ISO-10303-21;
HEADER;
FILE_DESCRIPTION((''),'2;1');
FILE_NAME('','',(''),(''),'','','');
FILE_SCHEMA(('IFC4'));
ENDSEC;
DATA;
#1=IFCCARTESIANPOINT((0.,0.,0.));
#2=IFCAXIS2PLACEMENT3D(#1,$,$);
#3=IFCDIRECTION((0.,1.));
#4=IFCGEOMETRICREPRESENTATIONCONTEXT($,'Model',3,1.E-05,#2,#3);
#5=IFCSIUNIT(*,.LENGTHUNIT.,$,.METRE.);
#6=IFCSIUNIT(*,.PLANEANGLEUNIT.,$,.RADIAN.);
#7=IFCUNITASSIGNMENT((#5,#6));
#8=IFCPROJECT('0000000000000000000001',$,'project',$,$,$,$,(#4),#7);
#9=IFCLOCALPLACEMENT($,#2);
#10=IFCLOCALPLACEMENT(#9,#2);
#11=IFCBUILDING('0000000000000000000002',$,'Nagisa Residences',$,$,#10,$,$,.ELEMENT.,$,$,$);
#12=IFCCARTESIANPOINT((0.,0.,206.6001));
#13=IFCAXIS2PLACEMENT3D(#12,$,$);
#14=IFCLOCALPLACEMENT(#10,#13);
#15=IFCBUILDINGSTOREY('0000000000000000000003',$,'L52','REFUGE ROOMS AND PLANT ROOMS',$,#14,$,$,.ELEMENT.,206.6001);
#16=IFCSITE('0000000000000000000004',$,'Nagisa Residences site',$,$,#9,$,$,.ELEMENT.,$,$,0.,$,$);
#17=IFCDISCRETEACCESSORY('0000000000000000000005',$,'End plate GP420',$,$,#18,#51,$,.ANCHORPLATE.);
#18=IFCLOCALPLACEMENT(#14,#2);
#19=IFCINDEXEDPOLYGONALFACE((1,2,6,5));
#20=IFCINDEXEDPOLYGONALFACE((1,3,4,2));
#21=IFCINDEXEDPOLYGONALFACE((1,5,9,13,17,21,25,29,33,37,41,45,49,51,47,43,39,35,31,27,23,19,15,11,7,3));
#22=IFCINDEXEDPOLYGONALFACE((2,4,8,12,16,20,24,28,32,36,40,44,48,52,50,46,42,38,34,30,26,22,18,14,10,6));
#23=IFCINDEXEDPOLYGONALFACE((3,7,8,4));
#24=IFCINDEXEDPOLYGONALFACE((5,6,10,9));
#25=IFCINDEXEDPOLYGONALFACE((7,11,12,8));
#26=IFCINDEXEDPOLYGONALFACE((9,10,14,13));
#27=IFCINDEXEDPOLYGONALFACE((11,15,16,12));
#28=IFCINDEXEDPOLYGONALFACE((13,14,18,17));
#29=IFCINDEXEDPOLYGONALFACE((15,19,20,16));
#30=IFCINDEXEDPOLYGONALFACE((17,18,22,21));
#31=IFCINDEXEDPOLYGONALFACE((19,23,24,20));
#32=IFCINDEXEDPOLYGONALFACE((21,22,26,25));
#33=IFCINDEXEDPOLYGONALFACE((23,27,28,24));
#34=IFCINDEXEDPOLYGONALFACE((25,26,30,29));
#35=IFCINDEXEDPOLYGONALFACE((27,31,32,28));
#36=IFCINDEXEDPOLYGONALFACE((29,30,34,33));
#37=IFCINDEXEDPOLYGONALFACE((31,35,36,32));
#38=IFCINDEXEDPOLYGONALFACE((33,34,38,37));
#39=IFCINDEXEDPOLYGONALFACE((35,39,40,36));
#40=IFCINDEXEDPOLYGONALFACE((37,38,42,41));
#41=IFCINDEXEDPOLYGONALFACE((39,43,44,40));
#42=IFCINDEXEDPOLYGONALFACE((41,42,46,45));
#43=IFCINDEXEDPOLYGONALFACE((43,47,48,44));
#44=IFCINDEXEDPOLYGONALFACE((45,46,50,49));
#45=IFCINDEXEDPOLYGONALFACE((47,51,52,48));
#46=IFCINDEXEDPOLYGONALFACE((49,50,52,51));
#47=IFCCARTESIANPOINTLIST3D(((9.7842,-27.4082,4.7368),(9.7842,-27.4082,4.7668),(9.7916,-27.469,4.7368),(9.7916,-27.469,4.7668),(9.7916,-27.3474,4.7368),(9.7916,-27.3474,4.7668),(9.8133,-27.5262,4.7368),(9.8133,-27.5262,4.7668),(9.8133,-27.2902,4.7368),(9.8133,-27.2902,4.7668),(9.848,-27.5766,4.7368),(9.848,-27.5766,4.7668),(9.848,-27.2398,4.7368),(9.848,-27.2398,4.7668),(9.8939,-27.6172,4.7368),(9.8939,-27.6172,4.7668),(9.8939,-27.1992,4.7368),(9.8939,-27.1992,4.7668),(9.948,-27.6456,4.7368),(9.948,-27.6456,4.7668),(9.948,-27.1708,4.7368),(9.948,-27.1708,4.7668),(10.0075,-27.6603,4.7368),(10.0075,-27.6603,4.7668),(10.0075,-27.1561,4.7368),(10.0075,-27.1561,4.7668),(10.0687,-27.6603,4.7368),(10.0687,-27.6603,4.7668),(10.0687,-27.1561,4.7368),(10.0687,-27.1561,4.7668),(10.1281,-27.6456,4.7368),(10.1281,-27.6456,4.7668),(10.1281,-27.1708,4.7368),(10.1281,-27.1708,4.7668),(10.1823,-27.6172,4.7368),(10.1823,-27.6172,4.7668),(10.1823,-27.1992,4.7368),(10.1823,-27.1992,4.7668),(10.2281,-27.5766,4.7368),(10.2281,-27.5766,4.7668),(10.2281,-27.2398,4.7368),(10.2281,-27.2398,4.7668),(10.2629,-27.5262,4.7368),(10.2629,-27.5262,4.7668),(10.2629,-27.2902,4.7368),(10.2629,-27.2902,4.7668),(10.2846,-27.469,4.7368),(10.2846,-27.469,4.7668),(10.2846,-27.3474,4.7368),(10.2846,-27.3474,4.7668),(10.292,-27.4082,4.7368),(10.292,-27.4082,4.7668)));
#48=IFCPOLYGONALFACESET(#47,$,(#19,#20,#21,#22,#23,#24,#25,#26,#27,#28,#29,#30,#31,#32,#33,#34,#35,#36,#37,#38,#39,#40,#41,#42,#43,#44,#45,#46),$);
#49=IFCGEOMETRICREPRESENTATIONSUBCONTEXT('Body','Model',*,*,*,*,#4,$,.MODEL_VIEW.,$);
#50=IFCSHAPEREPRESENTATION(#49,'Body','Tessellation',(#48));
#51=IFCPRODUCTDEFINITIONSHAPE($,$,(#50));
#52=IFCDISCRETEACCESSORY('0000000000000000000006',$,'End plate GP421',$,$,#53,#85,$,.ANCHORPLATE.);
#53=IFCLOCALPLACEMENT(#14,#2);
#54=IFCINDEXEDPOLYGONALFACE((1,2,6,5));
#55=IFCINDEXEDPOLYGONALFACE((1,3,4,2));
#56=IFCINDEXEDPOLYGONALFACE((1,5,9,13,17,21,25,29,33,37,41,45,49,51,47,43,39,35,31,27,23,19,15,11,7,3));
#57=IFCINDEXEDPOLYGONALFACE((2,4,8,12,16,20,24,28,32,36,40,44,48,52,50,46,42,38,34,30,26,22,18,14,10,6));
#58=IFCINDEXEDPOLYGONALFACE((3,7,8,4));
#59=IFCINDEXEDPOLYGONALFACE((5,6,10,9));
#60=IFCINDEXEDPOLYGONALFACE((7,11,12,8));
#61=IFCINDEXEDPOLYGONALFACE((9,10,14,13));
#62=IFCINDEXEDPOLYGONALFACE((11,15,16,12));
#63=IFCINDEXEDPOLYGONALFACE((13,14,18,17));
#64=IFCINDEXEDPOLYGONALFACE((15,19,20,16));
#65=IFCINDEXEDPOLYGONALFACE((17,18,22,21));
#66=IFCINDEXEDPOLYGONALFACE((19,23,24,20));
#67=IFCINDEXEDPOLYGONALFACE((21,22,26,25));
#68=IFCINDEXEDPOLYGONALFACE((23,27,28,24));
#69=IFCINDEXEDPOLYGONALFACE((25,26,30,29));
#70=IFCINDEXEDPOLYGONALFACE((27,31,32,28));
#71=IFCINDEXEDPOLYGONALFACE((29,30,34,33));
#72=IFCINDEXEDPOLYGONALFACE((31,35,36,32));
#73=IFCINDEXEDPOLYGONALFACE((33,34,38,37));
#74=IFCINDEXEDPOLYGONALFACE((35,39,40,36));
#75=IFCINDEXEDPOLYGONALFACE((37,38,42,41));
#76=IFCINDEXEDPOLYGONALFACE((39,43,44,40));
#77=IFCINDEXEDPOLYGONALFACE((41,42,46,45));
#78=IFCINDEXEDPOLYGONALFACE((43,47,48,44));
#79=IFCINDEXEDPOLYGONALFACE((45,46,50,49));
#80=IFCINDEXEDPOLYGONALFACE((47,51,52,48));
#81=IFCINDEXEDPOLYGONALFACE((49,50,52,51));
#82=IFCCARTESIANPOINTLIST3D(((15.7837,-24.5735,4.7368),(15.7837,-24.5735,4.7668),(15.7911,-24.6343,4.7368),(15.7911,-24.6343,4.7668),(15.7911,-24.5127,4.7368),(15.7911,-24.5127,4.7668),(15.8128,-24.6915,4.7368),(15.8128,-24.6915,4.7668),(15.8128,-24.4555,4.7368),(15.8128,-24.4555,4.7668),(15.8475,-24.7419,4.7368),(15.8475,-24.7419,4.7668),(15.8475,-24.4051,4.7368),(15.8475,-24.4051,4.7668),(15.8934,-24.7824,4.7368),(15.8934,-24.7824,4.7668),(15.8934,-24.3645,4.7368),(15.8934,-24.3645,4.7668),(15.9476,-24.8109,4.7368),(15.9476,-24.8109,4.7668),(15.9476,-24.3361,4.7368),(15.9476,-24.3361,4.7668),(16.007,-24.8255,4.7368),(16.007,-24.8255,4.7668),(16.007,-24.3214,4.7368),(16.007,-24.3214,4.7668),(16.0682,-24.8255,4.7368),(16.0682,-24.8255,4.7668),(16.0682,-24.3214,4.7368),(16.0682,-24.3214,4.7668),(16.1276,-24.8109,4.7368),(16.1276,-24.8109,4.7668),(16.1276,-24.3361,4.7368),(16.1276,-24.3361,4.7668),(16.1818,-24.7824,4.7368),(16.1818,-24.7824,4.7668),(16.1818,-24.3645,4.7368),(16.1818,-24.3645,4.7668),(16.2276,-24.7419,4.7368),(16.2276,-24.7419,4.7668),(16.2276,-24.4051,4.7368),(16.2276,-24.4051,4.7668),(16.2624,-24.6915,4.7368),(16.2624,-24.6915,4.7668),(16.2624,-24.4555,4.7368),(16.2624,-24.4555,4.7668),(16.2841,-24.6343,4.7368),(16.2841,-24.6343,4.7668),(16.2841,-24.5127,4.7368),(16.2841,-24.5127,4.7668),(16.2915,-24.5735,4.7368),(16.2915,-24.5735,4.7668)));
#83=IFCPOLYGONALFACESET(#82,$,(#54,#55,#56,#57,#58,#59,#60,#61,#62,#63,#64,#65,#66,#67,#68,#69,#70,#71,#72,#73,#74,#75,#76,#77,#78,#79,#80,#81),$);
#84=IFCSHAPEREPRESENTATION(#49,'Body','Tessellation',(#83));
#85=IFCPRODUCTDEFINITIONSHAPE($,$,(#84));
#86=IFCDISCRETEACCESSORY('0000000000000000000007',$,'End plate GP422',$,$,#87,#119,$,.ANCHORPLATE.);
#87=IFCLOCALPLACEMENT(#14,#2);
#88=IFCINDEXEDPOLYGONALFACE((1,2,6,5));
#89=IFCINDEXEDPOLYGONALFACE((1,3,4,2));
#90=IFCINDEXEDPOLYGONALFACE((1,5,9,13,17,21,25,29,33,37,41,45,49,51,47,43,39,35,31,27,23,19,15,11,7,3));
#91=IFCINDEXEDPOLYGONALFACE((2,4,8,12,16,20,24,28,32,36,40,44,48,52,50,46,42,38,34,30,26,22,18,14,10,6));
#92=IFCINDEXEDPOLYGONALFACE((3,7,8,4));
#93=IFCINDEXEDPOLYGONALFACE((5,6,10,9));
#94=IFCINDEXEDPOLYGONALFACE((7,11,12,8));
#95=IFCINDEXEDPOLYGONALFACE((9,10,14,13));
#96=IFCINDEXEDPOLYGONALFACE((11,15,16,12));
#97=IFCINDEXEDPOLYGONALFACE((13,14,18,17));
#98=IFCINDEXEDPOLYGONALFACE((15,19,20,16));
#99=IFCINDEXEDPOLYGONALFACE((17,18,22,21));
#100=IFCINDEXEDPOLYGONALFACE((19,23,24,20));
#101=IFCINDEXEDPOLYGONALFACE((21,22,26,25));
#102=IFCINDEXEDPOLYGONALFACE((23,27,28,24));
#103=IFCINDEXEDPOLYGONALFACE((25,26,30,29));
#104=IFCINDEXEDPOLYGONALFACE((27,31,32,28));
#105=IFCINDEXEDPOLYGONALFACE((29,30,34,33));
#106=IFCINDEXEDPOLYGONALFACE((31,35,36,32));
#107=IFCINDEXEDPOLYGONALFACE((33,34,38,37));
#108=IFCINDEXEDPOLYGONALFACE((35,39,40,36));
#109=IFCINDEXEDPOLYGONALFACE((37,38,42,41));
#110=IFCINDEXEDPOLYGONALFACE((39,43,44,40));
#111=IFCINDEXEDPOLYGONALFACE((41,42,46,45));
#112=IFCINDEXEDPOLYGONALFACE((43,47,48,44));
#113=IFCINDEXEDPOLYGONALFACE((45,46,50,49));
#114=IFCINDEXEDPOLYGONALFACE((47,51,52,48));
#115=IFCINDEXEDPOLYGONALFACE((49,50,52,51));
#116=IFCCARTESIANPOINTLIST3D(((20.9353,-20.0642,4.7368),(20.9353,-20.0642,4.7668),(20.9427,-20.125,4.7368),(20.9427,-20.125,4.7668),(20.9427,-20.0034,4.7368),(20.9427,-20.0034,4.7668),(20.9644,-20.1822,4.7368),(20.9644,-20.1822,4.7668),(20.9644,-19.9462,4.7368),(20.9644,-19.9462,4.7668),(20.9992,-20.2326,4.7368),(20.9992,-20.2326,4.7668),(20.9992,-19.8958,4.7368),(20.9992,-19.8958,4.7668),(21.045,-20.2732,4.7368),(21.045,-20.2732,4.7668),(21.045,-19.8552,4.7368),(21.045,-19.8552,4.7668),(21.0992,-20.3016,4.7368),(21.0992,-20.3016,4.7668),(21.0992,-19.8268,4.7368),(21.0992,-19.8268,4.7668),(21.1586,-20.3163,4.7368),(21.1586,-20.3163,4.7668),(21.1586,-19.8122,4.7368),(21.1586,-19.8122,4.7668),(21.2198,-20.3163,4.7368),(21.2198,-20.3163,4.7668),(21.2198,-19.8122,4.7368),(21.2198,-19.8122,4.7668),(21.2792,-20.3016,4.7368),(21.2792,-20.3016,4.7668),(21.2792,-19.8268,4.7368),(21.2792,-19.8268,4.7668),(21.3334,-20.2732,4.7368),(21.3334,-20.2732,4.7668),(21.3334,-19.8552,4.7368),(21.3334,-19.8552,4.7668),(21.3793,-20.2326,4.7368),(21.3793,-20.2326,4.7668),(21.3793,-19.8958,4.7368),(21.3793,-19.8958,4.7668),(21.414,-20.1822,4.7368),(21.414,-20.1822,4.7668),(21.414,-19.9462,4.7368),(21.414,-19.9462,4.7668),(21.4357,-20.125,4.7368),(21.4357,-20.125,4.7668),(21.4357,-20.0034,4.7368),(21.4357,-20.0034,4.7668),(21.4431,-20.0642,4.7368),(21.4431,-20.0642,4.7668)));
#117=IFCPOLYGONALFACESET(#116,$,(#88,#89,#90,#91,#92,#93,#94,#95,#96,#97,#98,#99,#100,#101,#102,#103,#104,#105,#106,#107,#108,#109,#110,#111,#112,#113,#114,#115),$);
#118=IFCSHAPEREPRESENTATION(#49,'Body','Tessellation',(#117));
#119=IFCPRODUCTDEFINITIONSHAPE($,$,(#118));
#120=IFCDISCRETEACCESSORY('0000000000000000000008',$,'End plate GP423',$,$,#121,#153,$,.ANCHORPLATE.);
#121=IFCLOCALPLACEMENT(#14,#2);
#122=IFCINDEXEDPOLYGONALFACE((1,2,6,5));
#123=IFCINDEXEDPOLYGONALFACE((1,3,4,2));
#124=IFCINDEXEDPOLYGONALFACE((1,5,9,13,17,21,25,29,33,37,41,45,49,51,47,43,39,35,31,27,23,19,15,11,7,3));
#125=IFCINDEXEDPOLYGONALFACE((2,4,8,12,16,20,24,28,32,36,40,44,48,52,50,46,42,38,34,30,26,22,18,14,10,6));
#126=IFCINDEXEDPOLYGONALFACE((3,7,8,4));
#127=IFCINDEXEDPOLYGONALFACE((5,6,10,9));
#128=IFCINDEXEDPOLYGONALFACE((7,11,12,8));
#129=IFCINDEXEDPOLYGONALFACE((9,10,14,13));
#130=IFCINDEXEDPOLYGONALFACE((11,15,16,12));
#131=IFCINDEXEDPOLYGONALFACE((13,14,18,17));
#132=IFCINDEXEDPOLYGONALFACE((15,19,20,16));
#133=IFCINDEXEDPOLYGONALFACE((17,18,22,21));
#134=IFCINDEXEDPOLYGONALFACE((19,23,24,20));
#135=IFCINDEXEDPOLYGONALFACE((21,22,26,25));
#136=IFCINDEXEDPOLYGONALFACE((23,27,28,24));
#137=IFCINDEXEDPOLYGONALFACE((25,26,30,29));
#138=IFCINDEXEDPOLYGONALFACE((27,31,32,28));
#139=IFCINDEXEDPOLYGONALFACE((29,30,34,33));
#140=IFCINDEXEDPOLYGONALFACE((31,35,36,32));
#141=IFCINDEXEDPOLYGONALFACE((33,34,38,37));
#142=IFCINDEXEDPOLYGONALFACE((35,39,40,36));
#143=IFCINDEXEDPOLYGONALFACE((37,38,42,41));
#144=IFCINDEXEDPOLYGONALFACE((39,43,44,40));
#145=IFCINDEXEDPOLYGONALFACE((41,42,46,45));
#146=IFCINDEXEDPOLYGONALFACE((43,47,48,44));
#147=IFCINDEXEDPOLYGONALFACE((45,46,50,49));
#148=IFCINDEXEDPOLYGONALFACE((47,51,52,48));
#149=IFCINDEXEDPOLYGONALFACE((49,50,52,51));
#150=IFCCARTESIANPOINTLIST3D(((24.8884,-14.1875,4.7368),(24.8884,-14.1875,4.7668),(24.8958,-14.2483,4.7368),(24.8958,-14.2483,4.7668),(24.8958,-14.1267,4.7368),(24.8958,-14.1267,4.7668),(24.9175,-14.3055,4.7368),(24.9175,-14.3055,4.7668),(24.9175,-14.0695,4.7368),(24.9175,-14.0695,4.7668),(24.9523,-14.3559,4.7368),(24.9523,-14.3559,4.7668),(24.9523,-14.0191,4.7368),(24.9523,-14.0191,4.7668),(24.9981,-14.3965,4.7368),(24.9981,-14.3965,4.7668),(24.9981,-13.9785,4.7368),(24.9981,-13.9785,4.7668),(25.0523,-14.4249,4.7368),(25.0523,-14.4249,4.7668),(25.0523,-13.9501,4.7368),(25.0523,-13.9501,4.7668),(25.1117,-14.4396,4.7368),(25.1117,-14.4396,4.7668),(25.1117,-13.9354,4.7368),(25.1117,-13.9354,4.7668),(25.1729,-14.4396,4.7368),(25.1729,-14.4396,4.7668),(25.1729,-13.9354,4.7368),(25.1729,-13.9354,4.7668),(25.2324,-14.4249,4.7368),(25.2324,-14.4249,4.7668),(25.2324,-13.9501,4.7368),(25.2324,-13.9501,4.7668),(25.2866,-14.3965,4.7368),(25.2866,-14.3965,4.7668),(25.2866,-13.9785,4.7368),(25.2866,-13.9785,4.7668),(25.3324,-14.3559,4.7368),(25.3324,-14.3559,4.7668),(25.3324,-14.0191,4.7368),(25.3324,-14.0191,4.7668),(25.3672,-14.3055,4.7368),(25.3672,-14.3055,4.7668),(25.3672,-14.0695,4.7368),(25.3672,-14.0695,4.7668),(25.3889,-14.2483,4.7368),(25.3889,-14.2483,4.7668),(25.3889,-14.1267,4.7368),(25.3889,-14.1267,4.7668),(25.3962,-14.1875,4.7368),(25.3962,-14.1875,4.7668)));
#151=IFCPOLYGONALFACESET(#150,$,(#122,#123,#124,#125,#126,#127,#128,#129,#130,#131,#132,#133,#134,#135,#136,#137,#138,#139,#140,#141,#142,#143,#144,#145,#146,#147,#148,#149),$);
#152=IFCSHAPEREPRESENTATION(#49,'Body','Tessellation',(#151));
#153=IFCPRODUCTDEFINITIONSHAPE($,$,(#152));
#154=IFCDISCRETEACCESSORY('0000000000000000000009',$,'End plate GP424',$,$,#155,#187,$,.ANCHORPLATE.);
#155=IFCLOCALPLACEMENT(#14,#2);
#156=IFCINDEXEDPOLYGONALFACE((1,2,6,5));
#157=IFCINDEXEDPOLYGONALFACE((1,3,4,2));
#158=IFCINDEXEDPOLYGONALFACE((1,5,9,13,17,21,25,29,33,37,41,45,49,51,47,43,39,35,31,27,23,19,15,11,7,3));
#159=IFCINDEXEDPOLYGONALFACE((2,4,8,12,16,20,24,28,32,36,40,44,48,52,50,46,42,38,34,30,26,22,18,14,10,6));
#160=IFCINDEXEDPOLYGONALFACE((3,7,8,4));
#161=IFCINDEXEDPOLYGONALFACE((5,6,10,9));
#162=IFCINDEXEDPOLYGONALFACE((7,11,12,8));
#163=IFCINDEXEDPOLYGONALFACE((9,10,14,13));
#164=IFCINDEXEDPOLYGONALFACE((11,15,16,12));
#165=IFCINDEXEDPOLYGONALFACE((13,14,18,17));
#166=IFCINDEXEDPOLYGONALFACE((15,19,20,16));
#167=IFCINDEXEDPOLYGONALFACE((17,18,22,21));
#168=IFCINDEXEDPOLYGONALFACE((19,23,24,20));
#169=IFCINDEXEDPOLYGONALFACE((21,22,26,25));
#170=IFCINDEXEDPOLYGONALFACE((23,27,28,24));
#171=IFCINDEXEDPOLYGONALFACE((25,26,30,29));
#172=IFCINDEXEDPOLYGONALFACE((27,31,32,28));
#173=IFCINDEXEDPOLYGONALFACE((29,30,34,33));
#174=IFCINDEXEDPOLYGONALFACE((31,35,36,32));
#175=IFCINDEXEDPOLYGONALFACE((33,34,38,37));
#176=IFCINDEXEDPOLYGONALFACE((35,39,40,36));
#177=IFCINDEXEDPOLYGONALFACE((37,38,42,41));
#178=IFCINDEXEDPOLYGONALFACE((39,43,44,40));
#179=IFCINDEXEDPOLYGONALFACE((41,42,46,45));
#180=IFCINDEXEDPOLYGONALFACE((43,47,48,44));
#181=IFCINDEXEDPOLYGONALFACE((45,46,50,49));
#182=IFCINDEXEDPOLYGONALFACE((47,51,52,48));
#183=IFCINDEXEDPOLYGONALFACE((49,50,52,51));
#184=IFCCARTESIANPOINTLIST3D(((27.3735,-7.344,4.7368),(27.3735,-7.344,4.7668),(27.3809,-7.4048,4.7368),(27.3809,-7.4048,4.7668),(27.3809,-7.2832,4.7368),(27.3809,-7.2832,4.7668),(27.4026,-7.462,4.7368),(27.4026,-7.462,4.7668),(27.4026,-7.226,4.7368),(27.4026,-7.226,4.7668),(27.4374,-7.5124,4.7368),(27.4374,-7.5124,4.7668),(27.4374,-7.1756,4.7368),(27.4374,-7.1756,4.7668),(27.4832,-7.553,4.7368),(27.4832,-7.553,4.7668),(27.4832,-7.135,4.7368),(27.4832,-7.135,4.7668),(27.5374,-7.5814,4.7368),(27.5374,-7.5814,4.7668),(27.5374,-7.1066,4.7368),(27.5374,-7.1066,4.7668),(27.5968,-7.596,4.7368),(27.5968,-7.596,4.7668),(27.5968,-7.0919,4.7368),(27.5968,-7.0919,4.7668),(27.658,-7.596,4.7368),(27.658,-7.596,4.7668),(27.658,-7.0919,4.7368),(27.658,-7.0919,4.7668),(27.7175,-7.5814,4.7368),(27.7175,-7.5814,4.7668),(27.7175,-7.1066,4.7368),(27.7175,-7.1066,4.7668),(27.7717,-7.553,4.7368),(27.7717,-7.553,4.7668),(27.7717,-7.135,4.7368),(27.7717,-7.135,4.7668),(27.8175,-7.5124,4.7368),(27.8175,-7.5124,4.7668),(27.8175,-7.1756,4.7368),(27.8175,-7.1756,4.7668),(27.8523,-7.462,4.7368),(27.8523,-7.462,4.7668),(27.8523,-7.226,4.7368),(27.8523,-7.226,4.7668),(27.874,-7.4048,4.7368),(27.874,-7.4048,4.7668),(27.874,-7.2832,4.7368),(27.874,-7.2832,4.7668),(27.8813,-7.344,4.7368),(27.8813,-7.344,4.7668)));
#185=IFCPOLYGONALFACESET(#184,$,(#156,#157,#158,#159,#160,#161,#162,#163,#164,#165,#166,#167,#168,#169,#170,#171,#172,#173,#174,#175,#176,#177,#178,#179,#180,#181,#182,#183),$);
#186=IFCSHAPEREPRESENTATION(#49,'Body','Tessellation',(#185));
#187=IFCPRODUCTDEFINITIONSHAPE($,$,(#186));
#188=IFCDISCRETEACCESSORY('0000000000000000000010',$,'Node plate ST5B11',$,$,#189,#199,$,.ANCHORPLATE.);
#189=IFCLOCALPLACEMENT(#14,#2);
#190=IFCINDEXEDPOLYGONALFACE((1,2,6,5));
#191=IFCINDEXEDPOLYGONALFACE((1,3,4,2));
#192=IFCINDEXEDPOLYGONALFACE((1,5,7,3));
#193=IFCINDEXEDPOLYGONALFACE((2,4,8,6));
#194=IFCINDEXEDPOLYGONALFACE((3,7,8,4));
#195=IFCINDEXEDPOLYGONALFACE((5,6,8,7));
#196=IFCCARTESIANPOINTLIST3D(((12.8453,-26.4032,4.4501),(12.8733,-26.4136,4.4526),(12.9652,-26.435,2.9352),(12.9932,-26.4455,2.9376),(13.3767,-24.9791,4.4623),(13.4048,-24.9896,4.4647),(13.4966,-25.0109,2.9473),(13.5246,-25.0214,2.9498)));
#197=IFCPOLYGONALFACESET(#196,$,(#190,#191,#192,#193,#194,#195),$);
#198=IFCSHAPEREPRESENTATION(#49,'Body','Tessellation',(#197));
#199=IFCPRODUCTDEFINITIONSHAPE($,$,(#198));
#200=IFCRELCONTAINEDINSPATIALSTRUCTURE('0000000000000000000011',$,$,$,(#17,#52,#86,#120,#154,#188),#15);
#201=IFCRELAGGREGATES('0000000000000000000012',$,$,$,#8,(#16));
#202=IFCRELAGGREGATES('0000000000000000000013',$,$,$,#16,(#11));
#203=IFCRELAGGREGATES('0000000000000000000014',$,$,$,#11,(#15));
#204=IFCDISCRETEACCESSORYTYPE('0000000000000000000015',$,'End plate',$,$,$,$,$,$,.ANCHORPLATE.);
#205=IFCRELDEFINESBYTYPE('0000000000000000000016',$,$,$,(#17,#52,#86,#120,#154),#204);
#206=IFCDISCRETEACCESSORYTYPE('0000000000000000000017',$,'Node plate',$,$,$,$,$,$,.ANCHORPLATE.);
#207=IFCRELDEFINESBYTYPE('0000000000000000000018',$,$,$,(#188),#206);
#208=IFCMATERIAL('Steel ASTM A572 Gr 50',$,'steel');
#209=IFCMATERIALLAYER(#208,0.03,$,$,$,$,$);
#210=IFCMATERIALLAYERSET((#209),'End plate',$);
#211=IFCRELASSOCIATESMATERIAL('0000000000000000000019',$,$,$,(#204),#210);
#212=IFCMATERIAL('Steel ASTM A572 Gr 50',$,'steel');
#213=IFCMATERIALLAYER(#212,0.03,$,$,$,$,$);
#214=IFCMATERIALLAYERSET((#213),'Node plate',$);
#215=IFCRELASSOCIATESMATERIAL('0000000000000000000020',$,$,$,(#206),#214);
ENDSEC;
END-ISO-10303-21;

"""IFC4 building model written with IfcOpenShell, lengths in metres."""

from ifc_helpers import new_model, si_unit, direction, frame, origin, origin_2d, place, context, subcontext, project, spatial, rectangle, circle, extrude, material, layer, layer_set, type_object, element, save


model = new_model("IFC4")

# Units and contexts
model_context = context("Model", 3, precision=1e-05, world=origin(), true_north=direction((0.0, 1.0)))
body_context = subcontext(model_context, "Body", "Model", "MODEL_VIEW")
ifc_project = project(units=[si_unit("LENGTHUNIT", "METRE"), si_unit("PLANEANGLEUNIT", "RADIAN")], contexts=[model_context])

# Site, building, storey
site_placement = place(None, origin())
site = spatial("IfcSite", under=ifc_project, at=site_placement, Name="Nagisa Residences site", CompositionType="ELEMENT", RefElevation=0.0)
building_placement = place(site_placement, origin())
building = spatial("IfcBuilding", under=site, at=building_placement, Name="Nagisa Residences", CompositionType="ELEMENT")
storey_placement = place(building_placement, frame((0.0, 0.0, 206.6001)))
storey = spatial("IfcBuildingStorey", under=building, at=storey_placement, Name="L52", Description="REFUGE ROOMS AND PLANT ROOMS", CompositionType="ELEMENT", Elevation=206.6001)

# Discrete accessories
ifc_material_1 = material(Name="Steel ASTM A572 Gr 50", Category="steel")
ifc_layer_1 = layer(ifc_material_1, 0.03)
ifc_layer_set_1 = layer_set([ifc_layer_1], Name="End plate")
discrete_accessory_type_1 = type_object("IfcDiscreteAccessoryType", Name="End plate", PredefinedType="ANCHORPLATE", material=ifc_layer_set_1)
for number, where, z_axis, x_axis, name in (
    (1, (10.0381, -27.4082, 4.7368), (0.0, 0.0, 1.0), (1.0, 0.0, 0.0), "End plate GP420"),
    (2, (16.0376, -24.5735, 4.7368), (0.0, 0.0, 1.0), (1.0, 0.0, 0.0), "End plate GP421"),
    (3, (21.1892, -20.0642, 4.7368), (0.0, 0.0, 1.0), (1.0, 0.0, 0.0), "End plate GP422"),
    (4, (25.1423, -14.1875, 4.7368), (0.0, 0.0, 1.0), (1.0, 0.0, 0.0), "End plate GP423"),
    (5, (27.6274, -7.344, 4.7368), (0.0, 0.0, 1.0), (1.0, 0.0, 0.0), "End plate GP424"),
):
    element("IfcDiscreteAccessory", number, at=place(storey_placement, frame(where, z_axis=z_axis, x_axis=x_axis)), inside=storey, type_object=discrete_accessory_type_1, Name=name, PredefinedType="ANCHORPLATE", context=body_context, shape_type="SweptSolid", body=[
        extrude(circle(Radius=0.2539, at=origin_2d()), origin(), (0.0, 0.0, 1.0), 0.03),
    ])
ifc_material_2 = material(Name="Steel ASTM A572 Gr 50", Category="steel")
ifc_layer_2 = layer(ifc_material_2, 0.03)
ifc_layer_set_2 = layer_set([ifc_layer_2], Name="Node plate")
discrete_accessory_type_2 = type_object("IfcDiscreteAccessoryType", Name="Node plate", PredefinedType="ANCHORPLATE", material=ifc_layer_set_2)
discrete_accessory_1_placement = place(storey_placement, frame((13.199, -25.7175, 3.7012), z_axis=(-0.933572, 0.349075, -0.08118), x_axis=(0.349611, 0.936861, 0.007976)))
element("IfcDiscreteAccessory", 6, at=discrete_accessory_1_placement, inside=storey, type_object=discrete_accessory_type_2, Name="Node plate ST5B11", PredefinedType="ANCHORPLATE", context=body_context, shape_type="SweptSolid", body=[
    extrude(rectangle(XDim=1.52, YDim=1.52, at=origin_2d()), origin(), (0.0, 0.0, 1.0), 0.03),
])

save(model, "model.ifc")
